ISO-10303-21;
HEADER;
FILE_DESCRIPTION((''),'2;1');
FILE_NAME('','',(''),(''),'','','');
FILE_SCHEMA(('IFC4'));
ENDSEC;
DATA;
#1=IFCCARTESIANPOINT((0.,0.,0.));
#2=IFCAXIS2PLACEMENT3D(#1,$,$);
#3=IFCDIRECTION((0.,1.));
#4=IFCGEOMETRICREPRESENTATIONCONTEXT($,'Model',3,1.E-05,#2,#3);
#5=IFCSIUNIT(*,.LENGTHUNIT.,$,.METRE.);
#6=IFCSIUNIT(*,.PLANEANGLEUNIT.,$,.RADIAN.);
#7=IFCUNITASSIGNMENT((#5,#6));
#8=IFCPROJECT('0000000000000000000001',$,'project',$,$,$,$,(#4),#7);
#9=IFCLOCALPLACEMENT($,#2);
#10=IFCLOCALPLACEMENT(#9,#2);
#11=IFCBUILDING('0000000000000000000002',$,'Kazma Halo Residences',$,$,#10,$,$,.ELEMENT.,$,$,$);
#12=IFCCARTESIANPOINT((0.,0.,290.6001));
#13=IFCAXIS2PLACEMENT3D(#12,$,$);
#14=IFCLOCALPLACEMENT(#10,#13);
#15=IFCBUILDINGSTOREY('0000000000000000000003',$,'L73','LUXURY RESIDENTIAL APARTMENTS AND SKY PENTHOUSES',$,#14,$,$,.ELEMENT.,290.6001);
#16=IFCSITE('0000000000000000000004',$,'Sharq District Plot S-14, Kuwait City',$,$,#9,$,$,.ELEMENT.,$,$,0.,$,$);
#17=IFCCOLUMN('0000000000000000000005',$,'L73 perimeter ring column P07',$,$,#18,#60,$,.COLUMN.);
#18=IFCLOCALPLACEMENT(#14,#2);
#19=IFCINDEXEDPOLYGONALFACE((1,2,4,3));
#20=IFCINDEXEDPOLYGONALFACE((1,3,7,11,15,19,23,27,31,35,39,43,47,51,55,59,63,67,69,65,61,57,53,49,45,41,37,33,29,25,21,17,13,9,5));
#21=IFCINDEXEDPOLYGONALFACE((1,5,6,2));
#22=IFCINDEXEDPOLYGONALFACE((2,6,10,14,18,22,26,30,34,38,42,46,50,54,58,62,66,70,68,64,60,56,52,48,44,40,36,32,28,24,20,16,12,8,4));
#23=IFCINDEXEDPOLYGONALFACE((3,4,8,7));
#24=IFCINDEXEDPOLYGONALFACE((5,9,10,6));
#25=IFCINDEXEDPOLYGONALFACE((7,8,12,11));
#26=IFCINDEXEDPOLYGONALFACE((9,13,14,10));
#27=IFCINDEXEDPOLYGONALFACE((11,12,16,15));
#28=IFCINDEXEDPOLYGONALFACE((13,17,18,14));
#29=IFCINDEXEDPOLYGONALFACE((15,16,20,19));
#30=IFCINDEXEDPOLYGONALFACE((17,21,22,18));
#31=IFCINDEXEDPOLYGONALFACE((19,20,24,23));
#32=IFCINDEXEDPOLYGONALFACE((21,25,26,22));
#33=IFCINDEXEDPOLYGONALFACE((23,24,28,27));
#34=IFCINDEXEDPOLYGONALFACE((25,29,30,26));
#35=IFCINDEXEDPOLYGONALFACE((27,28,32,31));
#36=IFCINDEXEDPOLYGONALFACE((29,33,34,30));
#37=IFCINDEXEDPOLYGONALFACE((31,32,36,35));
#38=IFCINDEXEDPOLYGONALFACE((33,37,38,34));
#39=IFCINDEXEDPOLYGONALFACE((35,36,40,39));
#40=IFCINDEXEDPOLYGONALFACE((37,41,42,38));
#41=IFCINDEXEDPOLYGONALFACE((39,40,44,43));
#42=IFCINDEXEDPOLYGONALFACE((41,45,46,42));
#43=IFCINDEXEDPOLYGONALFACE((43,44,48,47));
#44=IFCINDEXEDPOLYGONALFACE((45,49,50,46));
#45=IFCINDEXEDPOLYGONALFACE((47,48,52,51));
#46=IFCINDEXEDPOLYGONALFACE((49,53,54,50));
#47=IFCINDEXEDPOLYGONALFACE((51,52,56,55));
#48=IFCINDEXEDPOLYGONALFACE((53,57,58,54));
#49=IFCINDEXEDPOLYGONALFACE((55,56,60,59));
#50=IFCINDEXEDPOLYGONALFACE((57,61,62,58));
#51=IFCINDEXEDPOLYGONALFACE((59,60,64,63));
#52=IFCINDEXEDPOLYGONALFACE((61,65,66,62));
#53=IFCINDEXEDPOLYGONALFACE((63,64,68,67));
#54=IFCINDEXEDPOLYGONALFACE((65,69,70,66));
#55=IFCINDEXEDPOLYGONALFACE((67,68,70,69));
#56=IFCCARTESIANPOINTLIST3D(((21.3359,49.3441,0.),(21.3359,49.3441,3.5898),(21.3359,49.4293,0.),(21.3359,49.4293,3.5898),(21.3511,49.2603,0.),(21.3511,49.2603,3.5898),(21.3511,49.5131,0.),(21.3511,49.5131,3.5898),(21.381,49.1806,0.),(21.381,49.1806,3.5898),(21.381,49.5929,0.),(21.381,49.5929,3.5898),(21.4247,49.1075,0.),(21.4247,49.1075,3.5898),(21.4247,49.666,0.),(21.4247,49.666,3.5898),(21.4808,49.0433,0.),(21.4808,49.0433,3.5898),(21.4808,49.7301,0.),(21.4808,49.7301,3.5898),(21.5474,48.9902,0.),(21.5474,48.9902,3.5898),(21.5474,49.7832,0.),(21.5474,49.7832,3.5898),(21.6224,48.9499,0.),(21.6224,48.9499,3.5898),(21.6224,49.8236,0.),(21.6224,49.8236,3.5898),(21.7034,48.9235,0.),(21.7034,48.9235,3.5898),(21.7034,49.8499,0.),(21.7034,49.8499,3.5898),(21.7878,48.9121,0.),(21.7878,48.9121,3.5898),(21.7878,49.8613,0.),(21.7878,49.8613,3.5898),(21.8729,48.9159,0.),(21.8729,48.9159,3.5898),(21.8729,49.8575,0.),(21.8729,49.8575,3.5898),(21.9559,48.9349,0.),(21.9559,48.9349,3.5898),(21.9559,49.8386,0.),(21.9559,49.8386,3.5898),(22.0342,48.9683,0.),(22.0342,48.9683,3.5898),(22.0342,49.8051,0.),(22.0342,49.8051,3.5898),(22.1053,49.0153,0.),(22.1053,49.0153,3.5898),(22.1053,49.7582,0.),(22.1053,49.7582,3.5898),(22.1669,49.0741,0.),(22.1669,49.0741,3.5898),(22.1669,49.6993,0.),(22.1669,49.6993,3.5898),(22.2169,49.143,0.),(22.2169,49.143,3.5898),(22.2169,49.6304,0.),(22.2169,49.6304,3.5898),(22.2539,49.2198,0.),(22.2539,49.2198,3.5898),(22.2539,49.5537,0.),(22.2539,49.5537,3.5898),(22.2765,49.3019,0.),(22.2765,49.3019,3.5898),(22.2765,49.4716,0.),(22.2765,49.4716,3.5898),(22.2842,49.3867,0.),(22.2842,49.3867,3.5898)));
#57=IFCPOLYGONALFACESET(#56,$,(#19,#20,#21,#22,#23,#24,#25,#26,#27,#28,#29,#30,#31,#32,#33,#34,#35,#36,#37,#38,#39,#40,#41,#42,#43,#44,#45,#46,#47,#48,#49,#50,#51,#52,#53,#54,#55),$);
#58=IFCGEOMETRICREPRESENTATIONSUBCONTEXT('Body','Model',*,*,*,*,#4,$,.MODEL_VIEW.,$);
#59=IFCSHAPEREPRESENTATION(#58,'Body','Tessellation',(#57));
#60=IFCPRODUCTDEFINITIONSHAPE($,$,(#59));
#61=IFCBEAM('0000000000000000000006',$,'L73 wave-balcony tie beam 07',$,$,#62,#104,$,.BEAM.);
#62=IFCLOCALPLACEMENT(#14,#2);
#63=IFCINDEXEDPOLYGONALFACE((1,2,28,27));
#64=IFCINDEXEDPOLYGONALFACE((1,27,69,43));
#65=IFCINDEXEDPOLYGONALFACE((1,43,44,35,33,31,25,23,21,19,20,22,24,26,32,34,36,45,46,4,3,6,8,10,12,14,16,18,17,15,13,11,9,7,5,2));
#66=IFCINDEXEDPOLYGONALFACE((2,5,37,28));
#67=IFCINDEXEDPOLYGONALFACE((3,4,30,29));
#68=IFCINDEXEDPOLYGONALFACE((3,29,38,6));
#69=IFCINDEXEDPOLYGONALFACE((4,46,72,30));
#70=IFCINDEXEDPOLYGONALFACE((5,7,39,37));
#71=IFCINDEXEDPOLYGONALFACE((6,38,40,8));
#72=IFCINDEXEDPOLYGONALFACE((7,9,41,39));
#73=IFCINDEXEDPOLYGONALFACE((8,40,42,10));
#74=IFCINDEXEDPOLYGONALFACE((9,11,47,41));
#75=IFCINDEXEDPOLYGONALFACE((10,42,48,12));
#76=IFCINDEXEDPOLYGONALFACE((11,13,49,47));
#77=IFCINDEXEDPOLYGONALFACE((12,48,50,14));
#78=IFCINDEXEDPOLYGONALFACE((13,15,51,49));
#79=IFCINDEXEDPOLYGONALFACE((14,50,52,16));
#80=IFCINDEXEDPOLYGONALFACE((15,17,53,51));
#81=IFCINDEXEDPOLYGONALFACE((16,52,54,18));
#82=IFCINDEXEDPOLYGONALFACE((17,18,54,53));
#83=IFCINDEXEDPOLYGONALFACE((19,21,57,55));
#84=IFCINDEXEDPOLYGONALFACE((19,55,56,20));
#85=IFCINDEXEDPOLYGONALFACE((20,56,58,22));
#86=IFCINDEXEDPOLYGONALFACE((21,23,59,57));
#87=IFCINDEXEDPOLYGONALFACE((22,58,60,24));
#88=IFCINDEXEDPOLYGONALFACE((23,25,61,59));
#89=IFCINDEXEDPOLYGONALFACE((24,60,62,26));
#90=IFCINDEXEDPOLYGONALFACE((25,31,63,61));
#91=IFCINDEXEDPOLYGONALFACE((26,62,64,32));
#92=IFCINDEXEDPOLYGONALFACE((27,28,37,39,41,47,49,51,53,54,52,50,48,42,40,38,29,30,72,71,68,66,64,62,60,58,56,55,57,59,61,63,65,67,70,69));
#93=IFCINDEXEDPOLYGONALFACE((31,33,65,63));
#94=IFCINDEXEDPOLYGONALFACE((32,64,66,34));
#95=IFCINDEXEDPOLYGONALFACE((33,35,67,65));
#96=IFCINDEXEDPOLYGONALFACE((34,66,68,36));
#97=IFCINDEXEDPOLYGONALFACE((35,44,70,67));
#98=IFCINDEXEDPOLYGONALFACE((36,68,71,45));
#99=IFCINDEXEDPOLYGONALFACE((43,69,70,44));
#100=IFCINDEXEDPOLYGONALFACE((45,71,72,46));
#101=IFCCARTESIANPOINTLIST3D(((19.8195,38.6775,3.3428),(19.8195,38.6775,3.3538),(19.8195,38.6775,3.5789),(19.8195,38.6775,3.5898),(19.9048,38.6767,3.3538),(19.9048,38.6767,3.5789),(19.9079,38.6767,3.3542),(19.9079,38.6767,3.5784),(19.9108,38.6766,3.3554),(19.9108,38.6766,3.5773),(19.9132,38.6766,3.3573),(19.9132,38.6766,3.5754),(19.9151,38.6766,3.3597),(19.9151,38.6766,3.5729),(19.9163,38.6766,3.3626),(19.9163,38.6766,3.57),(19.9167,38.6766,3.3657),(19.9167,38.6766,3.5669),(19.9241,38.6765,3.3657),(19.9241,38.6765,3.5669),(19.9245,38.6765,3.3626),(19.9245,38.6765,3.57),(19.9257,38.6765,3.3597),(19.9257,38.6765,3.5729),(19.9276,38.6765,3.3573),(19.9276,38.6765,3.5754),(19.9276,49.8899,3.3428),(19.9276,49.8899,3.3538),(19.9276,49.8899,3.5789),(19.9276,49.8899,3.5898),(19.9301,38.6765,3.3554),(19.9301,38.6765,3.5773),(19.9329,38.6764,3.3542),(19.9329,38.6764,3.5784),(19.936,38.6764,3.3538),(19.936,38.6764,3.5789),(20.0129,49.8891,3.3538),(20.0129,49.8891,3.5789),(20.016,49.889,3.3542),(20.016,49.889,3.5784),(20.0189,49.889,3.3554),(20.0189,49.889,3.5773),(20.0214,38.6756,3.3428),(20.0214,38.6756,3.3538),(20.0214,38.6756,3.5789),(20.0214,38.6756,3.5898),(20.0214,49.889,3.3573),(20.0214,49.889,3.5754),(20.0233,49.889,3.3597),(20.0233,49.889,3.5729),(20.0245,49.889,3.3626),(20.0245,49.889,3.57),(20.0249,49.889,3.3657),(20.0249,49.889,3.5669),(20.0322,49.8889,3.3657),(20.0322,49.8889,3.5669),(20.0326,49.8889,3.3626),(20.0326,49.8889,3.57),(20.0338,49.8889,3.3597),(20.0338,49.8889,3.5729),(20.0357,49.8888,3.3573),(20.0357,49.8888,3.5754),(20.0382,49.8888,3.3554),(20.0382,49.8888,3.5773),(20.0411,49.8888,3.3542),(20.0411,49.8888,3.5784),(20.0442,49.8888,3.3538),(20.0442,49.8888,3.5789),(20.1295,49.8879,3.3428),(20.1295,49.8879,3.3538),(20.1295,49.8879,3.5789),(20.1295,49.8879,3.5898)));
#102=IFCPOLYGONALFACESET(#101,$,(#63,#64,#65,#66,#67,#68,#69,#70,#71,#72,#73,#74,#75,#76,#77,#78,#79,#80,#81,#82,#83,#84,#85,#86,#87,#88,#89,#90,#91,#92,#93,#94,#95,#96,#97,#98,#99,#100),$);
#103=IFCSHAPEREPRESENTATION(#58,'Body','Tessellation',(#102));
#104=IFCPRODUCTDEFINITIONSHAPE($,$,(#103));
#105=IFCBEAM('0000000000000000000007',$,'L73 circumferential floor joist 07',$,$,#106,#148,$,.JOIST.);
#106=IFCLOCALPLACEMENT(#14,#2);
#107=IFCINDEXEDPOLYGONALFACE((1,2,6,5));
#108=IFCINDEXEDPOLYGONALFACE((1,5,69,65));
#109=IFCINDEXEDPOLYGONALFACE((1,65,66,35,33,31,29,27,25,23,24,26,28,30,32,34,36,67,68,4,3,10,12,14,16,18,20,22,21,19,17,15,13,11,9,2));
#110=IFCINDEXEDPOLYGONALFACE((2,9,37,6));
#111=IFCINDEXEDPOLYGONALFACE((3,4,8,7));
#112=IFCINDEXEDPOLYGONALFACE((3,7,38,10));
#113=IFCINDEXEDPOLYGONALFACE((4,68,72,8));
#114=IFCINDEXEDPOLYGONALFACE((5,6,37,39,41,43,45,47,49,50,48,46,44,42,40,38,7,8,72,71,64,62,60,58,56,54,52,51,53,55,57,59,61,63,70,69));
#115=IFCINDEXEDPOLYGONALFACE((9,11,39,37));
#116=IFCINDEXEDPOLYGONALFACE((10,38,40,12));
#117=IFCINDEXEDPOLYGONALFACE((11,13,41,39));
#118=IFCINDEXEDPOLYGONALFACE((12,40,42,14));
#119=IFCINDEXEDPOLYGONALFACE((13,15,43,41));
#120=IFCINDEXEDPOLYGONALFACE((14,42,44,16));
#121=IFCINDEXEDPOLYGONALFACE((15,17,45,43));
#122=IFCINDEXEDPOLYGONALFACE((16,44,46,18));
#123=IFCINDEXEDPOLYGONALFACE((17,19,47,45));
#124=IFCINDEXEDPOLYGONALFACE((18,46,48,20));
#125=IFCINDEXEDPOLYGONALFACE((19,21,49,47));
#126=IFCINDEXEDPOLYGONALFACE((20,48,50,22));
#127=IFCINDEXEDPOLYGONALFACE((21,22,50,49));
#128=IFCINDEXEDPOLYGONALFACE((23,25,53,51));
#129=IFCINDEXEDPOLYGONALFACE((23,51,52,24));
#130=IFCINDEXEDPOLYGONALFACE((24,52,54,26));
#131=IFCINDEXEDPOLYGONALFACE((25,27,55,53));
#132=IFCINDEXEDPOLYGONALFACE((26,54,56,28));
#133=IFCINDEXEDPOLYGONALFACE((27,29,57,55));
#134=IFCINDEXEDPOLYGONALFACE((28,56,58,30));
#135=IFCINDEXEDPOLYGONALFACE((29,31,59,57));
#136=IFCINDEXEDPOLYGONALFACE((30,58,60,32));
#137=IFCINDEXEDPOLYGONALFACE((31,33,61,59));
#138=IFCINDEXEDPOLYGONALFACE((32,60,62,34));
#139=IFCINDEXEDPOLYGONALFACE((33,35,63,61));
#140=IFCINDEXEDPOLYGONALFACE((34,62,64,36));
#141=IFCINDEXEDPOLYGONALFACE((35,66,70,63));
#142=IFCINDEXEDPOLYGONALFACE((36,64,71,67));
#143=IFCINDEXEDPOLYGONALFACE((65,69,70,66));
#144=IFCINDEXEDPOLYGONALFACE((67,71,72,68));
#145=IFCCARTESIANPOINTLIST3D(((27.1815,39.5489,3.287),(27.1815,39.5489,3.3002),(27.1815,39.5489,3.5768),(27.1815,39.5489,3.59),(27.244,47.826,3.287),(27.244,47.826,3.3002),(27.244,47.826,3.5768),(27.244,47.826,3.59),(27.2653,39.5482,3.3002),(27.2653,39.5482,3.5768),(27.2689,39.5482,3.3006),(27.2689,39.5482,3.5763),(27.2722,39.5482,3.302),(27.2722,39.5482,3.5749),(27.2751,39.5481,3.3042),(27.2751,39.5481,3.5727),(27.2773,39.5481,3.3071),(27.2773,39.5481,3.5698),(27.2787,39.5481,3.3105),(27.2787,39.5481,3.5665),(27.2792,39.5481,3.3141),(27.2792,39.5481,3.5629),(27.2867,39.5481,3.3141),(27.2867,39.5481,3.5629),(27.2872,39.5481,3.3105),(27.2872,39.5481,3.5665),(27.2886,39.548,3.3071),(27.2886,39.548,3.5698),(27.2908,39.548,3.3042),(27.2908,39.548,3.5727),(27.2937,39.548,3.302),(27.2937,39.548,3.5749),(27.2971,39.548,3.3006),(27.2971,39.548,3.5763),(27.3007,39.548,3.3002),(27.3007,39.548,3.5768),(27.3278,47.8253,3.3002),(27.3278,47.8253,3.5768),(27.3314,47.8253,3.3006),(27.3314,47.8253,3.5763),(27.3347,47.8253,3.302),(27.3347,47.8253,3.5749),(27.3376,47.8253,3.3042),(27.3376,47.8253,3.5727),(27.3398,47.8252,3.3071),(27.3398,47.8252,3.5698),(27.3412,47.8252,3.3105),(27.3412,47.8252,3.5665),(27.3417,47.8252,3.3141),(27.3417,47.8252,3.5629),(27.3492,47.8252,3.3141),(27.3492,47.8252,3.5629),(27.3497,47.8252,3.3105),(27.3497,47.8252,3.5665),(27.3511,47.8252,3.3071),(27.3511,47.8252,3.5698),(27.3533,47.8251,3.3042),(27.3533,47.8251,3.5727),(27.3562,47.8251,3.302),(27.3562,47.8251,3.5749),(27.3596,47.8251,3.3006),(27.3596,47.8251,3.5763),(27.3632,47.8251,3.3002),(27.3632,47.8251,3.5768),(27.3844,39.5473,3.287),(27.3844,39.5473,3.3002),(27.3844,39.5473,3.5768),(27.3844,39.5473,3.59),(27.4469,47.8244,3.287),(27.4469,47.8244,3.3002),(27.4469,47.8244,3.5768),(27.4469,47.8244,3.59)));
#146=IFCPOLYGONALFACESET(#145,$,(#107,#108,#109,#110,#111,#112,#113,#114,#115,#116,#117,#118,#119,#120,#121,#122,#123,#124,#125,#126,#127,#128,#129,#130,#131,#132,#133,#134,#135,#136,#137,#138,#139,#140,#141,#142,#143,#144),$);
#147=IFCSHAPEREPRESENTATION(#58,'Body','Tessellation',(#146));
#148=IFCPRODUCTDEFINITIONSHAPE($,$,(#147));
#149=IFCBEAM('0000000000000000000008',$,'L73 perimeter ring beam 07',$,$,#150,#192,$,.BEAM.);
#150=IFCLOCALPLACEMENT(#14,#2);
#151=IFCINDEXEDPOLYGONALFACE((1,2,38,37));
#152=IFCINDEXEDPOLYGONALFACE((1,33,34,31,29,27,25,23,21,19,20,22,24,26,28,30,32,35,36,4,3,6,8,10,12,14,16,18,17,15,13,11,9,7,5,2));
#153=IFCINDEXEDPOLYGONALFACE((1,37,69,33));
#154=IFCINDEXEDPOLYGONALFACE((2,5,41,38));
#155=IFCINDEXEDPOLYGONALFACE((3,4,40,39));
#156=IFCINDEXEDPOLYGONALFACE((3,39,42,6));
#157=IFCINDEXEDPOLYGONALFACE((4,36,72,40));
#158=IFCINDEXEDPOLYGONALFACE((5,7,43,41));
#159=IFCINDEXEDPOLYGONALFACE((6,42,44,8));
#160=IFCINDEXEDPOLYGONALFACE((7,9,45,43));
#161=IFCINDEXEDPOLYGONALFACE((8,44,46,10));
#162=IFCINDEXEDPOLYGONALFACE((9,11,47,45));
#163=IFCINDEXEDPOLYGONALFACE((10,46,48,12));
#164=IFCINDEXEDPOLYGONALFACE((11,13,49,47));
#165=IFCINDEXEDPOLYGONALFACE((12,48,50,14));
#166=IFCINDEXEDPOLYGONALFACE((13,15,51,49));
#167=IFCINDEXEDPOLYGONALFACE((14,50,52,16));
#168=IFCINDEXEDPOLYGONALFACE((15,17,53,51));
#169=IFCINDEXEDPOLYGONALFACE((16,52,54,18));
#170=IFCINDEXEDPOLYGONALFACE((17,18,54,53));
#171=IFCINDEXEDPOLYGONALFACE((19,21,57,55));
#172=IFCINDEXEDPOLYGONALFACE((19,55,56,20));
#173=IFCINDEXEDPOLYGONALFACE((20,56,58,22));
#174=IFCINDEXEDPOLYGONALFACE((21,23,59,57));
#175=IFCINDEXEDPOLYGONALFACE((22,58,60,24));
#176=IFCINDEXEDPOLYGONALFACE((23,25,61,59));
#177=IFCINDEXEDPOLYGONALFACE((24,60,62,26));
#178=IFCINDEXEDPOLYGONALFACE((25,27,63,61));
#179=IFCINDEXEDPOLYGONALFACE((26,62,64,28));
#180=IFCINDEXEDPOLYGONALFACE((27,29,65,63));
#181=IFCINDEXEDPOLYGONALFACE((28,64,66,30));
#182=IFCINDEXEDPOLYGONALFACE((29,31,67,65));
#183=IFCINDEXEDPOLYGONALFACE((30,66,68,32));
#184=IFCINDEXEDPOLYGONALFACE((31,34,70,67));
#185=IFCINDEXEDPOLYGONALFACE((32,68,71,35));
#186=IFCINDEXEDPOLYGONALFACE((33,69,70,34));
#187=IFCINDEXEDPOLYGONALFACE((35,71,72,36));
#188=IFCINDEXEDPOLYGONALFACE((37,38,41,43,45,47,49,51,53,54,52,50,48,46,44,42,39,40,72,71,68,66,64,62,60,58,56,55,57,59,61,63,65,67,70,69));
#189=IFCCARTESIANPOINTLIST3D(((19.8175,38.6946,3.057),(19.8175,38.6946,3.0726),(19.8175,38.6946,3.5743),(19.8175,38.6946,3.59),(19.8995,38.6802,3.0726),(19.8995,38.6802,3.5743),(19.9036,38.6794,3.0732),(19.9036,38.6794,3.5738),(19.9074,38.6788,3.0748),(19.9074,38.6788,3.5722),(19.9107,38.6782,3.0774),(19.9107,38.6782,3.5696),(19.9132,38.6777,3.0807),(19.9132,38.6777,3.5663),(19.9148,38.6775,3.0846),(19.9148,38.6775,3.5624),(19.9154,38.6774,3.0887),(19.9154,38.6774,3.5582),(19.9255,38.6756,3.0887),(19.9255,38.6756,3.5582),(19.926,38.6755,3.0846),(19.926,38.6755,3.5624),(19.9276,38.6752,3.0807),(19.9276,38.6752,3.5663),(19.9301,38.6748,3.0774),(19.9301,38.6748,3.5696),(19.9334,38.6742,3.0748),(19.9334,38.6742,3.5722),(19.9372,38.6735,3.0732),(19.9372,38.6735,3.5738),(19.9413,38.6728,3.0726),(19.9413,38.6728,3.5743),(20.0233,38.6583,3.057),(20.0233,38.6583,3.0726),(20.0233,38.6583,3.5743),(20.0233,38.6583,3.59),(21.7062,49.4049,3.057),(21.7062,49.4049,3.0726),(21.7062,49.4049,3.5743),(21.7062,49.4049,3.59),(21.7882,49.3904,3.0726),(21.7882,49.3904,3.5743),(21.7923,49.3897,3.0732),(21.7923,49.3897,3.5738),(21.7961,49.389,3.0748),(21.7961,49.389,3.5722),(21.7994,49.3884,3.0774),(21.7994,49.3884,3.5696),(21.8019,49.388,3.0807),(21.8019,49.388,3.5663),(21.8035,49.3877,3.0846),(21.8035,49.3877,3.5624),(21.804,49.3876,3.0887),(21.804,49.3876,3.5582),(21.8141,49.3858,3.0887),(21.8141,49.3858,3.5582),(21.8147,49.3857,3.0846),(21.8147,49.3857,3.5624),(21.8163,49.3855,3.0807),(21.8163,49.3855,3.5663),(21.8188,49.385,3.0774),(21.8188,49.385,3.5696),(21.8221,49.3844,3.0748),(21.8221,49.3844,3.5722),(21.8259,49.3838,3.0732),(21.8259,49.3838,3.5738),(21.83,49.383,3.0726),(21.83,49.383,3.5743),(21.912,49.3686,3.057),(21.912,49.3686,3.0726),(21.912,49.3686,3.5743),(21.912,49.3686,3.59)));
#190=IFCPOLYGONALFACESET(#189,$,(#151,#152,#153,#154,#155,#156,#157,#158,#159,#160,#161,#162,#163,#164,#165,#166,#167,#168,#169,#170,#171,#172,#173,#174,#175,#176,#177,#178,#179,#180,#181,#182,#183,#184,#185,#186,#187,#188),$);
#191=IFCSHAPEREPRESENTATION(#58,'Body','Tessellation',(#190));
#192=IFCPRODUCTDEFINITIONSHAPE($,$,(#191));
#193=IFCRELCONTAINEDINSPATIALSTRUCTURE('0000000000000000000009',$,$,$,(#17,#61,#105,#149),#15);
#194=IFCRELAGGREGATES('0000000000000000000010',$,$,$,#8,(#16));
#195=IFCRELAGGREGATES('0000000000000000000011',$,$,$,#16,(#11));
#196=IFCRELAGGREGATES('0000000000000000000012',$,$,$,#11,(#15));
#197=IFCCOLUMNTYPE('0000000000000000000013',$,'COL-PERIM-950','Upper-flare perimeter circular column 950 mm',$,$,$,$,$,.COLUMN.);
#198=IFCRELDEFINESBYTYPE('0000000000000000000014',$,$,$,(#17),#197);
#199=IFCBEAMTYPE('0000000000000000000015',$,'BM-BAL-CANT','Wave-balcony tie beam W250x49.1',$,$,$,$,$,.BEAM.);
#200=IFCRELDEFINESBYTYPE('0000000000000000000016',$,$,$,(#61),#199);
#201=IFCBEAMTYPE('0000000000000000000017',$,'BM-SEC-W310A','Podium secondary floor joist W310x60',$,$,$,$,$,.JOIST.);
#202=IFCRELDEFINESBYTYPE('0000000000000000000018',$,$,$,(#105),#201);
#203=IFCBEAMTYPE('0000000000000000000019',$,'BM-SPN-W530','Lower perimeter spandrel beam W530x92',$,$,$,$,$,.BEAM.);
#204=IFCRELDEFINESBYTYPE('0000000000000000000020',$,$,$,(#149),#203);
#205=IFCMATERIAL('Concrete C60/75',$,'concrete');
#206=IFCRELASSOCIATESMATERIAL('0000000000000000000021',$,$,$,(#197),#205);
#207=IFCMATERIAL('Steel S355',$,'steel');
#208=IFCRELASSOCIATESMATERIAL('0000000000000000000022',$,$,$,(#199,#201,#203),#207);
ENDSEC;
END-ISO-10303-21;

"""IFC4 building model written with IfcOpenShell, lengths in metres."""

from ifc_helpers import new_model, si_unit, direction, frame, origin, origin_2d, place, context, subcontext, project, spatial, circle, i_section, extrude, material, material_profile, profile_set, type_object, element, save


model = new_model("IFC4")

# Units and contexts
model_context = context("Model", 3, precision=1e-05, world=origin(), true_north=direction((0.0, 1.0)))
body_context = subcontext(model_context, "Body", "Model", "MODEL_VIEW")
ifc_project = project(units=[si_unit("LENGTHUNIT", "METRE"), si_unit("PLANEANGLEUNIT", "RADIAN")], contexts=[model_context])

# Site, building, storey
site_placement = place(None, origin())
site = spatial("IfcSite", under=ifc_project, at=site_placement, Name="Sharq District Plot S-14, Kuwait City", CompositionType="ELEMENT", RefElevation=0.0)
building_placement = place(site_placement, origin())
building = spatial("IfcBuilding", under=site, at=building_placement, Name="Kazma Halo Residences", CompositionType="ELEMENT")
storey_placement = place(building_placement, frame((0.0, 0.0, 290.6001)))
storey = spatial("IfcBuildingStorey", under=building, at=storey_placement, Name="L73", Description="LUXURY RESIDENTIAL APARTMENTS AND SKY PENTHOUSES", CompositionType="ELEMENT", Elevation=290.6001)

# Column
ifc_material_1 = material(Name="Concrete C60/75", Category="concrete")
ifc_material_profile_1 = material_profile(ifc_material_1, circle(Radius=0.4751, at=origin_2d()), Name="CIRC950")
ifc_profile_set_1 = profile_set([ifc_material_profile_1], Name="Concrete C60/75")
column_type = type_object("IfcColumnType", Name="COL-PERIM-950", Description="Upper-flare perimeter circular column 950 mm", PredefinedType="COLUMN", material=ifc_profile_set_1)
column_placement = place(storey_placement, frame((21.8091, 49.3867, 0.0), z_axis=(0.0, 0.0, 1.0), x_axis=(1.0, 0.0, 0.0)))
element("IfcColumn", 1, at=column_placement, inside=storey, type_object=column_type, Name="L73 perimeter ring column P07", PredefinedType="COLUMN", context=body_context, shape_type="SweptSolid", body=[
    extrude(circle(Radius=0.4751, at=origin_2d()), origin(), (0.0, 0.0, 1.0), 3.5898),
])

# Beams
ifc_material_2 = material(Name="Steel S355", Category="steel")
ifc_material_profile_2 = material_profile(ifc_material_2, i_section(OverallWidth=0.2019, OverallDepth=0.2471, WebThickness=0.0073, FlangeThickness=0.011, FilletRadius=0.012, at=origin_2d()), Name="W250x49.1")
ifc_profile_set_2 = profile_set([ifc_material_profile_2], Name="Steel S355")
beam_type_1 = type_object("IfcBeamType", Name="BM-BAL-CANT", Description="Wave-balcony tie beam W250x49.1", PredefinedType="BEAM", material=ifc_profile_set_2)
beam_1_placement = place(storey_placement, frame((20.0286, 49.8889, 3.4663), z_axis=(-0.009646, -0.999953, 0.0), x_axis=(0.999953, -0.009646, 0.0)))
element("IfcBeam", 2, at=beam_1_placement, inside=storey, type_object=beam_type_1, Name="L73 wave-balcony tie beam 07", PredefinedType="BEAM", context=body_context, shape_type="SweptSolid", body=[
    extrude(i_section(OverallWidth=0.2019, OverallDepth=0.2471, WebThickness=0.0073, FlangeThickness=0.011, FilletRadius=0.012, at=origin_2d()), origin(), (0.0, 0.0, 1.0), 11.2129),
])
ifc_material_profile_3 = material_profile(ifc_material_2, i_section(OverallWidth=0.2029, OverallDepth=0.303, WebThickness=0.0076, FlangeThickness=0.0132, FilletRadius=0.0139, at=origin_2d()), Name="W310x60")
ifc_profile_set_3 = profile_set([ifc_material_profile_3], Name="Steel S355")
beam_type_2 = type_object("IfcBeamType", Name="BM-SEC-W310A", Description="Podium secondary floor joist W310x60", PredefinedType="JOIST", material=ifc_profile_set_3)
beam_2_placement = place(storey_placement, frame((27.3455, 47.8252, 3.4385), z_axis=(-0.007551, -0.999971, 0.0), x_axis=(0.999971, -0.007551, 0.0)))
element("IfcBeam", 3, at=beam_2_placement, inside=storey, type_object=beam_type_2, Name="L73 circumferential floor joist 07", PredefinedType="JOIST", context=body_context, shape_type="SweptSolid", body=[
    extrude(i_section(OverallWidth=0.2029, OverallDepth=0.303, WebThickness=0.0076, FlangeThickness=0.0132, FilletRadius=0.0139, at=origin_2d()), origin(), (0.0, 0.0, 1.0), 8.2773),
])
ifc_material_profile_4 = material_profile(ifc_material_2, i_section(OverallWidth=0.209, OverallDepth=0.533, WebThickness=0.0103, FlangeThickness=0.0156, FilletRadius=0.0161, at=origin_2d()), Name="W530x92")
ifc_profile_set_4 = profile_set([ifc_material_profile_4], Name="Steel S355")
beam_type_3 = type_object("IfcBeamType", Name="BM-SPN-W530", Description="Lower perimeter spandrel beam W530x92", PredefinedType="BEAM", material=ifc_profile_set_4)
beam_3_placement = place(storey_placement, frame((21.8091, 49.3867, 3.3235), z_axis=(-0.173664, -0.984805, 0.0), x_axis=(0.984805, -0.173664, 0.0)))
element("IfcBeam", 4, at=beam_3_placement, inside=storey, type_object=beam_type_3, Name="L73 perimeter ring beam 07", PredefinedType="BEAM", context=body_context, shape_type="SweptSolid", body=[
    extrude(i_section(OverallWidth=0.209, OverallDepth=0.533, WebThickness=0.0103, FlangeThickness=0.0156, FilletRadius=0.0161, at=origin_2d()), origin(), (0.0, 0.0, 1.0), 10.8755),
])

save(model, "model.ifc")
